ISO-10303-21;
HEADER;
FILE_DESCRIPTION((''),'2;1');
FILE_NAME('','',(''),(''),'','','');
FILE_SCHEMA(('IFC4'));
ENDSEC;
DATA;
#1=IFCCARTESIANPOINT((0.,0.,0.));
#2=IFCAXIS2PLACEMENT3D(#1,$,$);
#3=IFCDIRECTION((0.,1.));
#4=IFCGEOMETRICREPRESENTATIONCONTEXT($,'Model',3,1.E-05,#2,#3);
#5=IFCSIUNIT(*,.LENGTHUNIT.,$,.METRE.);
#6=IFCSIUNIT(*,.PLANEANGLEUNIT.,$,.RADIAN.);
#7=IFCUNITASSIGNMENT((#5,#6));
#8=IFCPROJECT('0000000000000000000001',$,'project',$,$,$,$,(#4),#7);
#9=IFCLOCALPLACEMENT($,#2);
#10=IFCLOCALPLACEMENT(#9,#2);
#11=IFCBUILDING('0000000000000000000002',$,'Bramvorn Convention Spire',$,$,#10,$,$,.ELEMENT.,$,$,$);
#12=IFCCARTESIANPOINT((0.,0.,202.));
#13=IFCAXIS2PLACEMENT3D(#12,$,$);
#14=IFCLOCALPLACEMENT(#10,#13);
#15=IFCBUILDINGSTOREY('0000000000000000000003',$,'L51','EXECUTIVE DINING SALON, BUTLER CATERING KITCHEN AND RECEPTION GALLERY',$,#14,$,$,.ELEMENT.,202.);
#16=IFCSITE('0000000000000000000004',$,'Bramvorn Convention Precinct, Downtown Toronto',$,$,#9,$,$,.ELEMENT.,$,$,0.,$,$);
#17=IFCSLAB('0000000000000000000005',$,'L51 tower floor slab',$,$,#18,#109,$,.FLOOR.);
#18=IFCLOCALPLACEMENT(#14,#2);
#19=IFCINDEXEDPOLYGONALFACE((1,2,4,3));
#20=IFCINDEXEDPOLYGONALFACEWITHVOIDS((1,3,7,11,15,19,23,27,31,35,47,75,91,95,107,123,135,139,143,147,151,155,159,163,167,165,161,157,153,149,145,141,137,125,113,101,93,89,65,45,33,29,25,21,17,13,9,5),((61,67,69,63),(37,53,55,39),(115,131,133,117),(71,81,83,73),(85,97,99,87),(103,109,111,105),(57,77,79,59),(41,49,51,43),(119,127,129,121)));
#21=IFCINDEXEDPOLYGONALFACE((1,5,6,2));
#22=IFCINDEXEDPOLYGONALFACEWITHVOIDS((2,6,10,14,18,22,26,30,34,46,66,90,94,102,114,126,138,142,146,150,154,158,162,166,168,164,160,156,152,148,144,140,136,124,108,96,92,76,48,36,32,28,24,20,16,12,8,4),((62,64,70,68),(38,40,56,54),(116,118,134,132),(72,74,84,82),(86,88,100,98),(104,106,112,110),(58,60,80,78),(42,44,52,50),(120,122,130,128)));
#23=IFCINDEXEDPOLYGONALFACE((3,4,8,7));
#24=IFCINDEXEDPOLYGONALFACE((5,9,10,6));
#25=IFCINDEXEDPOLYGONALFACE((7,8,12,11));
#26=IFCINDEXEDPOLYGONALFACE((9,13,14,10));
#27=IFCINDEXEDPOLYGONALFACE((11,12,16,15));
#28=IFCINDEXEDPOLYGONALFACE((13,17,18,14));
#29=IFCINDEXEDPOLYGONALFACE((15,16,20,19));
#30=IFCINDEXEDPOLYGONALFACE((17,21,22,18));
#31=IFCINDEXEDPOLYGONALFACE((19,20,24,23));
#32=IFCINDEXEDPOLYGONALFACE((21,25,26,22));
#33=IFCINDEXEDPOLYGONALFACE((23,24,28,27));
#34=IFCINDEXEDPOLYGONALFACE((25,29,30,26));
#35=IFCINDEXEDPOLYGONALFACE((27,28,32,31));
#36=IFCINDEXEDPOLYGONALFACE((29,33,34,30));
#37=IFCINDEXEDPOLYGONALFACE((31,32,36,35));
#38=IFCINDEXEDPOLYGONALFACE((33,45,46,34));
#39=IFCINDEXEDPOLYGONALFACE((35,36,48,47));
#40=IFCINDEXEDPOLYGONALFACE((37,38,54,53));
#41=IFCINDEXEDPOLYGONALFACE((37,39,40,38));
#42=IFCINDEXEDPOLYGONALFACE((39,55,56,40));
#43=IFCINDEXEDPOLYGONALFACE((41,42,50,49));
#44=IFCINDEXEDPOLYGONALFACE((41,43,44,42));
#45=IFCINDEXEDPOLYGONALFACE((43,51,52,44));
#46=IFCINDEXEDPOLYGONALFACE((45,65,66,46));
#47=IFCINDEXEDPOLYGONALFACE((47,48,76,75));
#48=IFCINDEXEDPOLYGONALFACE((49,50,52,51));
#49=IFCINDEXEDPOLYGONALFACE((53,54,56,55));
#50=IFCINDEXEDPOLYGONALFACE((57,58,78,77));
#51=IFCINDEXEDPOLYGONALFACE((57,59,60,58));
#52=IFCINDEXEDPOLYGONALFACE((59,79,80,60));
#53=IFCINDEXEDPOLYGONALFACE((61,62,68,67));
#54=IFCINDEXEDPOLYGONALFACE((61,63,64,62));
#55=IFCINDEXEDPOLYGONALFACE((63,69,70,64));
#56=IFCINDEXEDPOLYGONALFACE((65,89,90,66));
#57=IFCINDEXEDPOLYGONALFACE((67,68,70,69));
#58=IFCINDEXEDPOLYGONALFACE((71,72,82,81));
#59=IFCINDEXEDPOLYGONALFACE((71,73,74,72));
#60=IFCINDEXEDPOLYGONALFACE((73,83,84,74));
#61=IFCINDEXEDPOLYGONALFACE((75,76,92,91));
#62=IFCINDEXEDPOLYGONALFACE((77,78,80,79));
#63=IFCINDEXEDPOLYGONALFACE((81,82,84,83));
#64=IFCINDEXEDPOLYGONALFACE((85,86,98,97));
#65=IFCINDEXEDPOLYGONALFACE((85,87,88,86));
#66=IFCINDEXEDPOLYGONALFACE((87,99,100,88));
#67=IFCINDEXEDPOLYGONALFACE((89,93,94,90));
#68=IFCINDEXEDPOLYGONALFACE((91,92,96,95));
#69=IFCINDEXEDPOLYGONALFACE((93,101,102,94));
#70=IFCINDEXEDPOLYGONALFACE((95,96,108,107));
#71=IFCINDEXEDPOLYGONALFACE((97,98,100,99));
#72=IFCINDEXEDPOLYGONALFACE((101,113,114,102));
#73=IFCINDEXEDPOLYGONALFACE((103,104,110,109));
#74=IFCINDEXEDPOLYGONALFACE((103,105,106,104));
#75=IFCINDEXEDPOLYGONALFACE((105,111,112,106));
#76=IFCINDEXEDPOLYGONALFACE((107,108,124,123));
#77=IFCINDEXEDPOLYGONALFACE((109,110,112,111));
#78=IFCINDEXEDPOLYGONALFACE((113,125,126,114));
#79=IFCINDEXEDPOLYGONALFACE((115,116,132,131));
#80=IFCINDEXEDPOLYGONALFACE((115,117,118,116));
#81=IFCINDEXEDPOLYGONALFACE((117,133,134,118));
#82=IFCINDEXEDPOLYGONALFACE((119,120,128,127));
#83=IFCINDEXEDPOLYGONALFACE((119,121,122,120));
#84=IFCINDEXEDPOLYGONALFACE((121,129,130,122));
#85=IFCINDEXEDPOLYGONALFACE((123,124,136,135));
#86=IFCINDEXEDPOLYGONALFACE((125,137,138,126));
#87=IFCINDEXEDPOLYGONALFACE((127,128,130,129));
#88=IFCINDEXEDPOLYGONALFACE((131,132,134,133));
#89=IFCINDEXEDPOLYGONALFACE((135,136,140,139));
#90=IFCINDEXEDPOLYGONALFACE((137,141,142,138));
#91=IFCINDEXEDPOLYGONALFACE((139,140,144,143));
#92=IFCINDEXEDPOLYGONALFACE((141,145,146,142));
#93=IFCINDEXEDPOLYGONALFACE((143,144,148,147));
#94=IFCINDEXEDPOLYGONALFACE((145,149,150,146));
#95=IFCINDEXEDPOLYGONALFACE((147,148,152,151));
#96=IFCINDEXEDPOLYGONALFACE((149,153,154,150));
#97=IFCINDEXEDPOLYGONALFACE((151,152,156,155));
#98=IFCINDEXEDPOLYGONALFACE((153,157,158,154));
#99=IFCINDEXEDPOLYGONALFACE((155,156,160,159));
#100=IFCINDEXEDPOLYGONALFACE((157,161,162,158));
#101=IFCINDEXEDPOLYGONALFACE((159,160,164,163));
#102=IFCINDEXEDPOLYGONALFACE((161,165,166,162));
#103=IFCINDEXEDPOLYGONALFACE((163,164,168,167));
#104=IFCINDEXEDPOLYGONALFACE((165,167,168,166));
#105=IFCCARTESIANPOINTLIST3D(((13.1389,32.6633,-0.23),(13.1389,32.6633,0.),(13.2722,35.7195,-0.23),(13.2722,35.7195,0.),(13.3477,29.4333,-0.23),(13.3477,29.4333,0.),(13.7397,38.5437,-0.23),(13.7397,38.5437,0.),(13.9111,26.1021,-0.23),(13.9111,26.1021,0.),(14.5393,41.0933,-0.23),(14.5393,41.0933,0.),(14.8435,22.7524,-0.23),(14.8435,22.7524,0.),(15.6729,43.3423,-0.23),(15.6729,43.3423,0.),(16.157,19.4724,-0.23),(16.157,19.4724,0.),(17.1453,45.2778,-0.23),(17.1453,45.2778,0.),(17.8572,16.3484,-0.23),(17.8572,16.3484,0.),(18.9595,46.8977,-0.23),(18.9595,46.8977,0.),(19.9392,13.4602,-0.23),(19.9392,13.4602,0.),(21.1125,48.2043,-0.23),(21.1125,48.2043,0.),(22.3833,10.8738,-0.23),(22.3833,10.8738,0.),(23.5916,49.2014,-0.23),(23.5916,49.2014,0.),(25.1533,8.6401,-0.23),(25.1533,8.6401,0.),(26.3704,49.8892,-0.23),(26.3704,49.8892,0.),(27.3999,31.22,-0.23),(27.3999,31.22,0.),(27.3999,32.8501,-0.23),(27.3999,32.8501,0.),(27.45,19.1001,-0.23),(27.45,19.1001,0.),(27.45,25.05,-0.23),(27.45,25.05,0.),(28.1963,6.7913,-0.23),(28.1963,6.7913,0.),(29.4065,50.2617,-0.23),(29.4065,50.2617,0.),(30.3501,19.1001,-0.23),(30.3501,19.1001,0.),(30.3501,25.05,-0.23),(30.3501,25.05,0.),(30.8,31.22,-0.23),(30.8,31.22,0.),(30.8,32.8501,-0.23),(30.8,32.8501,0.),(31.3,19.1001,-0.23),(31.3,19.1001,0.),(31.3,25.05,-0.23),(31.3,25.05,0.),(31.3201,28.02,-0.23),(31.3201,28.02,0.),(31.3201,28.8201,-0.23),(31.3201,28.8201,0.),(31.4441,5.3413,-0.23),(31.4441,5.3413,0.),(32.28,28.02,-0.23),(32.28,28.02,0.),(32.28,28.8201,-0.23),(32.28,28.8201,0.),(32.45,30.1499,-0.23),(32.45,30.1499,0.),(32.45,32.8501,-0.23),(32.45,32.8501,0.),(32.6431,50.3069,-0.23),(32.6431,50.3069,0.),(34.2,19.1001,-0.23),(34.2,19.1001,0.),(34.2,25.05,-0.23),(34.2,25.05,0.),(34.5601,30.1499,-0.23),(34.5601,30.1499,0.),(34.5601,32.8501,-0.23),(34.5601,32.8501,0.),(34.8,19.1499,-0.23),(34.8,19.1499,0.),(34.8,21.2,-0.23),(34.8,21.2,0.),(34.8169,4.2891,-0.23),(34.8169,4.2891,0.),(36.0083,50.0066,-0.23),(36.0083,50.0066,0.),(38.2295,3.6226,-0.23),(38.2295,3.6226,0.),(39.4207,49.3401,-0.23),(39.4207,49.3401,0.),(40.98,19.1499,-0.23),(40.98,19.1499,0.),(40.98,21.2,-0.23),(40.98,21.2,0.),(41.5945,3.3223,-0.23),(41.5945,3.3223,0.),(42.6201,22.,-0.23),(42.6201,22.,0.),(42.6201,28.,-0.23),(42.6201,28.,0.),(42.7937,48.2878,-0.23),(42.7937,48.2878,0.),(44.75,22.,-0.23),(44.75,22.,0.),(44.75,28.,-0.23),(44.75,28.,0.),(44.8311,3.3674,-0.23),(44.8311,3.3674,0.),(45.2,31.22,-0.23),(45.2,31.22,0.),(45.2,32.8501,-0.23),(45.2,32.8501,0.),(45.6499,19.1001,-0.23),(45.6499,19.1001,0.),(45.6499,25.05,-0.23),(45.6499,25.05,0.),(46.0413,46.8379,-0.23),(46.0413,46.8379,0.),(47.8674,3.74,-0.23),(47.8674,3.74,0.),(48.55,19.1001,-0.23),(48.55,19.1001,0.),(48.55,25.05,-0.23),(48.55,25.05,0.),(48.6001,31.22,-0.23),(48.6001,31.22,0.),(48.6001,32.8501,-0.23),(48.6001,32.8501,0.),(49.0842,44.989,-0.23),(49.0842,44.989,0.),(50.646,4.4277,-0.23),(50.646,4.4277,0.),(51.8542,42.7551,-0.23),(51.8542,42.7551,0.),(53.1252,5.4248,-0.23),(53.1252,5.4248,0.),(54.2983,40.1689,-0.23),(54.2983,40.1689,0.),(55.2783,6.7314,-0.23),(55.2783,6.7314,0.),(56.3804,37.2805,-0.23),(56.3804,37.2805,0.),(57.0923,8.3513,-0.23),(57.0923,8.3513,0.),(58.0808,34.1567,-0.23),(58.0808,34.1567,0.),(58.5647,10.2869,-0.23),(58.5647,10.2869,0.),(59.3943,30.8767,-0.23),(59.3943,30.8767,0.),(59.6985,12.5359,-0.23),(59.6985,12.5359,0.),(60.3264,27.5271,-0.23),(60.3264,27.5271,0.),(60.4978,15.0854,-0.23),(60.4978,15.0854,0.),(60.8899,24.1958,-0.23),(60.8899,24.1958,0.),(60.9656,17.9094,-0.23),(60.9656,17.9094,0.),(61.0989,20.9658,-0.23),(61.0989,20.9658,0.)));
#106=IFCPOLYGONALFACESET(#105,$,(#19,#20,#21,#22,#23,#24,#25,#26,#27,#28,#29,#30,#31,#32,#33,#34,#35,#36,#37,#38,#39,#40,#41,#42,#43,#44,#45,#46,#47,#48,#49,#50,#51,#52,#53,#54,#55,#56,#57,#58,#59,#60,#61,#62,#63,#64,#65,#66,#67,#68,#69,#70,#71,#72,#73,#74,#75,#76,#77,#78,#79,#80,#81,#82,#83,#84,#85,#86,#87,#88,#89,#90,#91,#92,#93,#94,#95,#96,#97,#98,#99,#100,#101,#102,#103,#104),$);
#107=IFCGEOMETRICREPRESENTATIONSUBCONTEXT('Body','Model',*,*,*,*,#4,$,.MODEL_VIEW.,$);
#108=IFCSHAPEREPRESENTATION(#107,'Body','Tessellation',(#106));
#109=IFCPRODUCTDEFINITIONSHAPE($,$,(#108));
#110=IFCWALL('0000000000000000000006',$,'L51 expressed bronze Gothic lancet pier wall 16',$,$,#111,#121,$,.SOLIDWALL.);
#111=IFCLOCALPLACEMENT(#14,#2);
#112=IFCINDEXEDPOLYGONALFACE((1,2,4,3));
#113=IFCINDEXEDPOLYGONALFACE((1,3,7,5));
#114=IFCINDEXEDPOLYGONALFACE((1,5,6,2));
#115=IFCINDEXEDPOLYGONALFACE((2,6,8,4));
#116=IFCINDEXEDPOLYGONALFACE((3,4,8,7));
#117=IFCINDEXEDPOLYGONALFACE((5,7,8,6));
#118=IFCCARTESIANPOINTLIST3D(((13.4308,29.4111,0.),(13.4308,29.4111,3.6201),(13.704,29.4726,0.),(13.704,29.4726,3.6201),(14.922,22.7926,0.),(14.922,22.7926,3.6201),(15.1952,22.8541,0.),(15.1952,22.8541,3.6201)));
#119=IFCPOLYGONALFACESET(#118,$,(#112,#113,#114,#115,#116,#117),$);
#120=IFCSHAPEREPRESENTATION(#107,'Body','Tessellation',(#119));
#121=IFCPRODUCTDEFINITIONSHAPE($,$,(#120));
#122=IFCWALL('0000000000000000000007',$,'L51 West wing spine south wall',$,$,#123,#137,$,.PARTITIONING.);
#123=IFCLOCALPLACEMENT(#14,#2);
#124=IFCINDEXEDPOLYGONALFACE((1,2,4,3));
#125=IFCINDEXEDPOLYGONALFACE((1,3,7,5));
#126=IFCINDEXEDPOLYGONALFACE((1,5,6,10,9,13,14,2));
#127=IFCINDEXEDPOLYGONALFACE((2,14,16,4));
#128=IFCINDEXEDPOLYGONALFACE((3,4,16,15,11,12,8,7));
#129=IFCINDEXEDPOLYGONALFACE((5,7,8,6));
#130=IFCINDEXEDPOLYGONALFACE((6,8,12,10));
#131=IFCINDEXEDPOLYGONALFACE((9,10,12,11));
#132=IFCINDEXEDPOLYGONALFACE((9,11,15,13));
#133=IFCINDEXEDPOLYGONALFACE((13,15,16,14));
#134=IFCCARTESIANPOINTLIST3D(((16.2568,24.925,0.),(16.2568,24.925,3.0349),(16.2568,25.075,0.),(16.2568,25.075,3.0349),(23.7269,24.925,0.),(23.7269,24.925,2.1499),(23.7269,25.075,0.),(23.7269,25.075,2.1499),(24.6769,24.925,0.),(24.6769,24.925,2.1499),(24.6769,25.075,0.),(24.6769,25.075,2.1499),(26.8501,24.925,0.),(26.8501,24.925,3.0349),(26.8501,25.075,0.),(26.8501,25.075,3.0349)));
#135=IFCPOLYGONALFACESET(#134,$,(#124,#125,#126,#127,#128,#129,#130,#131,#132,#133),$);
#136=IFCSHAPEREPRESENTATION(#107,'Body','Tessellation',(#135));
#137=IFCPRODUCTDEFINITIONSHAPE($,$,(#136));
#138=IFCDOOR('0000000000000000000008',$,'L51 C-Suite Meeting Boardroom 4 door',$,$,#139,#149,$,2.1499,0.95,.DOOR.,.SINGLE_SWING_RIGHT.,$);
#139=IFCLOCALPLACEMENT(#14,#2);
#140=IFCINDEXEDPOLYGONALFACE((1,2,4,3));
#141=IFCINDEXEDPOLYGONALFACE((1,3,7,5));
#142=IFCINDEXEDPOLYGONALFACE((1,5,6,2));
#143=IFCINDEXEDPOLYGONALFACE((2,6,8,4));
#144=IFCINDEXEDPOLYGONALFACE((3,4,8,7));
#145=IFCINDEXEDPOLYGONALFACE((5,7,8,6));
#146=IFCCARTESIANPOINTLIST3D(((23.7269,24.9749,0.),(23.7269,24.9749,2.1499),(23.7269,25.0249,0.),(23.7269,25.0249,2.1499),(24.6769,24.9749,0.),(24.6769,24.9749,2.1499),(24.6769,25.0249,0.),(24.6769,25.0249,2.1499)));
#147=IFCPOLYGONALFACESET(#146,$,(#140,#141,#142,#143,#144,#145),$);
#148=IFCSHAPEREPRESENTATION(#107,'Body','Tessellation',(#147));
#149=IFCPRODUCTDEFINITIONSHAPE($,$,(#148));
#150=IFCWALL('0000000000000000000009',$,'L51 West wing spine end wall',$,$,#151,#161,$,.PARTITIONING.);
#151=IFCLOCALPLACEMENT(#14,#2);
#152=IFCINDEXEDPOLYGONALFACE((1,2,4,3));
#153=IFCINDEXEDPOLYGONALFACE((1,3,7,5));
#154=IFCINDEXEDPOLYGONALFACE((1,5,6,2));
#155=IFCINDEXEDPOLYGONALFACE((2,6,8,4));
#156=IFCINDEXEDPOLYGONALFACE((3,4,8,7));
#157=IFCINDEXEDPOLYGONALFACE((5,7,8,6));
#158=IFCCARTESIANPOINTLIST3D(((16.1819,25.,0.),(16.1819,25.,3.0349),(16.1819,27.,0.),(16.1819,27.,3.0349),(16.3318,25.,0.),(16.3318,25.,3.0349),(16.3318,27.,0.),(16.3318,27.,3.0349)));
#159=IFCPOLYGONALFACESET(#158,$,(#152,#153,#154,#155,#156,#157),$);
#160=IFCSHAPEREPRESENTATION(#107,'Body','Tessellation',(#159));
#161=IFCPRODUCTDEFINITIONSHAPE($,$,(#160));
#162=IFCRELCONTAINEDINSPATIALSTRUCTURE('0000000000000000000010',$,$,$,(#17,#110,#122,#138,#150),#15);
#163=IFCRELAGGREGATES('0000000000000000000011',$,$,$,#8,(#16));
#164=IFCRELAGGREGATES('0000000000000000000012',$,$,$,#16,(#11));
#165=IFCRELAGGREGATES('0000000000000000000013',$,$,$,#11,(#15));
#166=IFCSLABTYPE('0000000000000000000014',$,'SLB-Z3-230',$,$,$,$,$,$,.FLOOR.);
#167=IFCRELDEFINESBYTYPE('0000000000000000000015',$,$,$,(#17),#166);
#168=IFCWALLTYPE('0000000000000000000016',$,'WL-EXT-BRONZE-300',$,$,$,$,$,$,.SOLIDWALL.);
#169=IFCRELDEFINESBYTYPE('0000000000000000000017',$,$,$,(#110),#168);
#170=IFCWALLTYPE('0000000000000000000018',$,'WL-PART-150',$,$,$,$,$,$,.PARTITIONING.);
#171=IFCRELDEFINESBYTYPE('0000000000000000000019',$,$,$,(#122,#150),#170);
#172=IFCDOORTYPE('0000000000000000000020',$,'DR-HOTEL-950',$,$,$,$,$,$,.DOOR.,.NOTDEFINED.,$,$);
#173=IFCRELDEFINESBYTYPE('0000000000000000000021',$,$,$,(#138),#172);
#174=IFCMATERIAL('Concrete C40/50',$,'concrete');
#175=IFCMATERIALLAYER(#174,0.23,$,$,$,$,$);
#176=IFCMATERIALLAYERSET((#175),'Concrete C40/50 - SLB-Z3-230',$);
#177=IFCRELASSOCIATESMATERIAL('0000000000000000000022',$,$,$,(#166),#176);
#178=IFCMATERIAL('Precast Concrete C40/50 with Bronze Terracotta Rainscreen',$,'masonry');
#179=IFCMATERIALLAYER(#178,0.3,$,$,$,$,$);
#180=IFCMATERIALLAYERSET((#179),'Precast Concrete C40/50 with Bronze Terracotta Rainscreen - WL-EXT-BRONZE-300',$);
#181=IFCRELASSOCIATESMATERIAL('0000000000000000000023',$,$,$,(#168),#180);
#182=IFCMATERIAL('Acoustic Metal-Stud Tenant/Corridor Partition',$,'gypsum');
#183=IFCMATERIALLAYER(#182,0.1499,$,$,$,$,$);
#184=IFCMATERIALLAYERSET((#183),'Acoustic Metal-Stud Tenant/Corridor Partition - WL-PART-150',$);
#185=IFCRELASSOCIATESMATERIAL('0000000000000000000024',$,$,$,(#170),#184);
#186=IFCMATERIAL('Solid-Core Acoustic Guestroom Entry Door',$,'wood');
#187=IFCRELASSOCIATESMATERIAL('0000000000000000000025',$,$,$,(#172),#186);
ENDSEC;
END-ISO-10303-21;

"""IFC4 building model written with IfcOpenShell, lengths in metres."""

from ifc_helpers import new_model, si_unit, direction, frame, frame_2d, origin, place, context, subcontext, project, spatial, polyline, rectangle, outline, extrude, material, layer, layer_set, type_object, element, fill, save


model = new_model("IFC4")

# Units and contexts
model_context = context("Model", 3, precision=1e-05, world=origin(), true_north=direction((0.0, 1.0)))
body_context = subcontext(model_context, "Body", "Model", "MODEL_VIEW")
ifc_project = project(units=[si_unit("LENGTHUNIT", "METRE"), si_unit("PLANEANGLEUNIT", "RADIAN")], contexts=[model_context])

# Site, building, storey
site_placement = place(None, origin())
site = spatial("IfcSite", under=ifc_project, at=site_placement, Name="Bramvorn Convention Precinct, Downtown Toronto", CompositionType="ELEMENT", RefElevation=0.0)
building_placement = place(site_placement, origin())
building = spatial("IfcBuilding", under=site, at=building_placement, Name="Bramvorn Convention Spire", CompositionType="ELEMENT")
storey_placement = place(building_placement, frame((0.0, 0.0, 202.0)))
storey = spatial("IfcBuildingStorey", under=building, at=storey_placement, Name="L51", Description="EXECUTIVE DINING SALON, BUTLER CATERING KITCHEN AND RECEPTION GALLERY", CompositionType="ELEMENT", Elevation=202.0)

# Slab
ifc_material_1 = material(Name="Concrete C40/50", Category="concrete")
ifc_layer_1 = layer(ifc_material_1, 0.23)
ifc_layer_set_1 = layer_set([ifc_layer_1], Name="Concrete C40/50 - SLB-Z3-230")
slab_type_1 = type_object("IfcSlabType", Name="SLB-Z3-230", PredefinedType="FLOOR", material=ifc_layer_set_1)
slab_1_placement = place(storey_placement, frame((0.0, 0.0, -0.23)))
element("IfcSlab", 1, at=slab_1_placement, inside=storey, type_object=slab_type_1, Name="L51 tower floor slab", PredefinedType="FLOOR", context=body_context, shape_type="SweptSolid", body=[
    extrude(outline(polyline([(57.0923, 8.3513), (58.5647, 10.2869), (59.6985, 12.5359), (60.4978, 15.0854), (60.9656, 17.9094), (61.0989, 20.9658), (60.8899, 24.1958), (60.3264, 27.5271), (59.3943, 30.8767), (58.0808, 34.1567), (56.3804, 37.2805), (54.2983, 40.1689), (51.8542, 42.7551), (49.0842, 44.989), (46.0413, 46.8379), (42.7937, 48.2878), (39.4207, 49.3401), (36.0083, 50.0066), (32.6431, 50.3069), (29.4065, 50.2617), (26.3704, 49.8892), (23.5916, 49.2014), (21.1125, 48.2043), (18.9595, 46.8977), (17.1453, 45.2778), (15.6729, 43.3423), (14.5393, 41.0933), (13.7397, 38.5437), (13.2722, 35.7195), (13.1389, 32.6633), (13.3477, 29.4333), (13.9111, 26.1021), (14.8435, 22.7524), (16.157, 19.4724), (17.8572, 16.3484), (19.9392, 13.4602), (22.3833, 10.8738), (25.1533, 8.6401), (28.1963, 6.7913), (31.4441, 5.3413), (34.8169, 4.2891), (38.2295, 3.6226), (41.5945, 3.3223), (44.8311, 3.3674), (47.8674, 3.74), (50.646, 4.4277), (53.1252, 5.4248), (55.2783, 6.7314), (57.0923, 8.3513)]), holes=[polyline([(27.45, 25.05), (27.45, 19.1001), (30.3501, 19.1001), (30.3501, 25.05), (27.45, 25.05)]), polyline([(45.6499, 25.05), (45.6499, 19.1001), (48.55, 19.1001), (48.55, 25.05), (45.6499, 25.05)]), polyline([(31.3, 25.05), (31.3, 19.1001), (34.2, 19.1001), (34.2, 25.05), (31.3, 25.05)]), polyline([(27.3999, 31.22), (30.8, 31.22), (30.8, 32.8501), (27.3999, 32.8501), (27.3999, 31.22)]), polyline([(45.2, 31.22), (48.6001, 31.22), (48.6001, 32.8501), (45.2, 32.8501), (45.2, 31.22)]), polyline([(32.45, 30.1499), (34.5601, 30.1499), (34.5601, 32.8501), (32.45, 32.8501), (32.45, 30.1499)]), polyline([(34.8, 19.1499), (40.98, 19.1499), (40.98, 21.2), (34.8, 21.2), (34.8, 19.1499)]), polyline([(42.6201, 22.0), (44.75, 22.0), (44.75, 28.0), (42.6201, 28.0), (42.6201, 22.0)]), polyline([(31.3201, 28.02), (32.28, 28.02), (32.28, 28.8201), (31.3201, 28.8201), (31.3201, 28.02)])]), origin(), (0.0, 0.0, 1.0), 0.23),
])

# Wall
ifc_material_2 = material(Name="Precast Concrete C40/50 with Bronze Terracotta Rainscreen", Category="masonry")
ifc_layer_2 = layer(ifc_material_2, 0.3)
ifc_layer_set_2 = layer_set([ifc_layer_2], Name="Precast Concrete C40/50 with Bronze Terracotta Rainscreen - WL-EXT-BRONZE-300")
wall_type_1 = type_object("IfcWallType", Name="WL-EXT-BRONZE-300", PredefinedType="SOLIDWALL", material=ifc_layer_set_2)
wall_1_placement = place(storey_placement, frame((15.0586, 22.8235, 0.0), z_axis=(0.0, 0.0, 1.0), x_axis=(-0.219802, 0.975544, 0.0)))
element("IfcWall", 2, at=wall_1_placement, inside=storey, type_object=wall_type_1, Name="L51 expressed bronze Gothic lancet pier wall 16", PredefinedType="SOLIDWALL", context=body_context, shape_type="SweptSolid", body=[
    extrude(rectangle(XDim=6.7844, YDim=0.28, at=frame_2d((3.3921, 0.0))), origin(), (0.0, 0.0, 1.0), 3.6201),
])

# Wall, opening, door
ifc_material_3 = material(Name="Acoustic Metal-Stud Tenant/Corridor Partition", Category="gypsum")
ifc_layer_3 = layer(ifc_material_3, 0.1499)
ifc_layer_set_3 = layer_set([ifc_layer_3], Name="Acoustic Metal-Stud Tenant/Corridor Partition - WL-PART-150")
wall_type_2 = type_object("IfcWallType", Name="WL-PART-150", PredefinedType="PARTITIONING", material=ifc_layer_set_3)
wall_2_placement = place(storey_placement, frame((16.2568, 25.0, 0.0), z_axis=(0.0, 0.0, 1.0), x_axis=(1.0, 0.0, 0.0)))
wall_2 = element("IfcWall", 3, at=wall_2_placement, inside=storey, type_object=wall_type_2, Name="L51 West wing spine south wall", PredefinedType="PARTITIONING", context=body_context, shape_type="SweptSolid", body=[
    extrude(rectangle(XDim=10.5933, YDim=0.1499, at=frame_2d((5.2966, 0.0))), origin(), (0.0, 0.0, 1.0), 3.0349),
])
opening_placement = place(wall_2_placement, frame((7.47, 0.0, 0.0)))
opening = element("IfcOpeningElement", 4, at=opening_placement, cuts=wall_2, PredefinedType="OPENING", context=body_context, shape_type="SweptSolid", body=[
    extrude(rectangle(XDim=0.95, YDim=2.1499, at=frame_2d((0.4751, 1.075))), frame((0.0, 0.085, 0.0), z_axis=(0.0, -1.0, 0.0), x_axis=(1.0, 0.0, 0.0)), (0.0, 0.0, 1.0), 0.1699),
])
ifc_material_4 = material(Name="Solid-Core Acoustic Guestroom Entry Door", Category="wood")
door_type = type_object("IfcDoorType", Name="DR-HOTEL-950", OperationType="NOTDEFINED", PredefinedType="DOOR", material=ifc_material_4)
door_placement = place(opening_placement, origin())
door = element("IfcDoor", 5, at=door_placement, inside=storey, type_object=door_type, Name="L51 C-Suite Meeting Boardroom 4 door", OperationType="SINGLE_SWING_RIGHT", OverallHeight=2.1499, OverallWidth=0.95, PredefinedType="DOOR", context=body_context, shape_type="SweptSolid", body=[
    extrude(rectangle(XDim=0.95, YDim=2.1499, at=frame_2d((0.4751, 1.075))), frame((0.0, 0.0249, 0.0), z_axis=(0.0, -1.0, 0.0), x_axis=(1.0, 0.0, 0.0)), (0.0, 0.0, 1.0), 0.05),
])
fill(opening, door)

# Wall
wall_3_placement = place(storey_placement, frame((16.2568, 25.0, 0.0), z_axis=(0.0, 0.0, 1.0), x_axis=(0.0, 1.0, 0.0)))
element("IfcWall", 6, at=wall_3_placement, inside=storey, type_object=wall_type_2, Name="L51 West wing spine end wall", PredefinedType="PARTITIONING", context=body_context, shape_type="SweptSolid", body=[
    extrude(rectangle(XDim=2.0, YDim=0.1499, at=frame_2d((1.0, 0.0))), origin(), (0.0, 0.0, 1.0), 3.0349),
])

save(model, "model.ifc")
